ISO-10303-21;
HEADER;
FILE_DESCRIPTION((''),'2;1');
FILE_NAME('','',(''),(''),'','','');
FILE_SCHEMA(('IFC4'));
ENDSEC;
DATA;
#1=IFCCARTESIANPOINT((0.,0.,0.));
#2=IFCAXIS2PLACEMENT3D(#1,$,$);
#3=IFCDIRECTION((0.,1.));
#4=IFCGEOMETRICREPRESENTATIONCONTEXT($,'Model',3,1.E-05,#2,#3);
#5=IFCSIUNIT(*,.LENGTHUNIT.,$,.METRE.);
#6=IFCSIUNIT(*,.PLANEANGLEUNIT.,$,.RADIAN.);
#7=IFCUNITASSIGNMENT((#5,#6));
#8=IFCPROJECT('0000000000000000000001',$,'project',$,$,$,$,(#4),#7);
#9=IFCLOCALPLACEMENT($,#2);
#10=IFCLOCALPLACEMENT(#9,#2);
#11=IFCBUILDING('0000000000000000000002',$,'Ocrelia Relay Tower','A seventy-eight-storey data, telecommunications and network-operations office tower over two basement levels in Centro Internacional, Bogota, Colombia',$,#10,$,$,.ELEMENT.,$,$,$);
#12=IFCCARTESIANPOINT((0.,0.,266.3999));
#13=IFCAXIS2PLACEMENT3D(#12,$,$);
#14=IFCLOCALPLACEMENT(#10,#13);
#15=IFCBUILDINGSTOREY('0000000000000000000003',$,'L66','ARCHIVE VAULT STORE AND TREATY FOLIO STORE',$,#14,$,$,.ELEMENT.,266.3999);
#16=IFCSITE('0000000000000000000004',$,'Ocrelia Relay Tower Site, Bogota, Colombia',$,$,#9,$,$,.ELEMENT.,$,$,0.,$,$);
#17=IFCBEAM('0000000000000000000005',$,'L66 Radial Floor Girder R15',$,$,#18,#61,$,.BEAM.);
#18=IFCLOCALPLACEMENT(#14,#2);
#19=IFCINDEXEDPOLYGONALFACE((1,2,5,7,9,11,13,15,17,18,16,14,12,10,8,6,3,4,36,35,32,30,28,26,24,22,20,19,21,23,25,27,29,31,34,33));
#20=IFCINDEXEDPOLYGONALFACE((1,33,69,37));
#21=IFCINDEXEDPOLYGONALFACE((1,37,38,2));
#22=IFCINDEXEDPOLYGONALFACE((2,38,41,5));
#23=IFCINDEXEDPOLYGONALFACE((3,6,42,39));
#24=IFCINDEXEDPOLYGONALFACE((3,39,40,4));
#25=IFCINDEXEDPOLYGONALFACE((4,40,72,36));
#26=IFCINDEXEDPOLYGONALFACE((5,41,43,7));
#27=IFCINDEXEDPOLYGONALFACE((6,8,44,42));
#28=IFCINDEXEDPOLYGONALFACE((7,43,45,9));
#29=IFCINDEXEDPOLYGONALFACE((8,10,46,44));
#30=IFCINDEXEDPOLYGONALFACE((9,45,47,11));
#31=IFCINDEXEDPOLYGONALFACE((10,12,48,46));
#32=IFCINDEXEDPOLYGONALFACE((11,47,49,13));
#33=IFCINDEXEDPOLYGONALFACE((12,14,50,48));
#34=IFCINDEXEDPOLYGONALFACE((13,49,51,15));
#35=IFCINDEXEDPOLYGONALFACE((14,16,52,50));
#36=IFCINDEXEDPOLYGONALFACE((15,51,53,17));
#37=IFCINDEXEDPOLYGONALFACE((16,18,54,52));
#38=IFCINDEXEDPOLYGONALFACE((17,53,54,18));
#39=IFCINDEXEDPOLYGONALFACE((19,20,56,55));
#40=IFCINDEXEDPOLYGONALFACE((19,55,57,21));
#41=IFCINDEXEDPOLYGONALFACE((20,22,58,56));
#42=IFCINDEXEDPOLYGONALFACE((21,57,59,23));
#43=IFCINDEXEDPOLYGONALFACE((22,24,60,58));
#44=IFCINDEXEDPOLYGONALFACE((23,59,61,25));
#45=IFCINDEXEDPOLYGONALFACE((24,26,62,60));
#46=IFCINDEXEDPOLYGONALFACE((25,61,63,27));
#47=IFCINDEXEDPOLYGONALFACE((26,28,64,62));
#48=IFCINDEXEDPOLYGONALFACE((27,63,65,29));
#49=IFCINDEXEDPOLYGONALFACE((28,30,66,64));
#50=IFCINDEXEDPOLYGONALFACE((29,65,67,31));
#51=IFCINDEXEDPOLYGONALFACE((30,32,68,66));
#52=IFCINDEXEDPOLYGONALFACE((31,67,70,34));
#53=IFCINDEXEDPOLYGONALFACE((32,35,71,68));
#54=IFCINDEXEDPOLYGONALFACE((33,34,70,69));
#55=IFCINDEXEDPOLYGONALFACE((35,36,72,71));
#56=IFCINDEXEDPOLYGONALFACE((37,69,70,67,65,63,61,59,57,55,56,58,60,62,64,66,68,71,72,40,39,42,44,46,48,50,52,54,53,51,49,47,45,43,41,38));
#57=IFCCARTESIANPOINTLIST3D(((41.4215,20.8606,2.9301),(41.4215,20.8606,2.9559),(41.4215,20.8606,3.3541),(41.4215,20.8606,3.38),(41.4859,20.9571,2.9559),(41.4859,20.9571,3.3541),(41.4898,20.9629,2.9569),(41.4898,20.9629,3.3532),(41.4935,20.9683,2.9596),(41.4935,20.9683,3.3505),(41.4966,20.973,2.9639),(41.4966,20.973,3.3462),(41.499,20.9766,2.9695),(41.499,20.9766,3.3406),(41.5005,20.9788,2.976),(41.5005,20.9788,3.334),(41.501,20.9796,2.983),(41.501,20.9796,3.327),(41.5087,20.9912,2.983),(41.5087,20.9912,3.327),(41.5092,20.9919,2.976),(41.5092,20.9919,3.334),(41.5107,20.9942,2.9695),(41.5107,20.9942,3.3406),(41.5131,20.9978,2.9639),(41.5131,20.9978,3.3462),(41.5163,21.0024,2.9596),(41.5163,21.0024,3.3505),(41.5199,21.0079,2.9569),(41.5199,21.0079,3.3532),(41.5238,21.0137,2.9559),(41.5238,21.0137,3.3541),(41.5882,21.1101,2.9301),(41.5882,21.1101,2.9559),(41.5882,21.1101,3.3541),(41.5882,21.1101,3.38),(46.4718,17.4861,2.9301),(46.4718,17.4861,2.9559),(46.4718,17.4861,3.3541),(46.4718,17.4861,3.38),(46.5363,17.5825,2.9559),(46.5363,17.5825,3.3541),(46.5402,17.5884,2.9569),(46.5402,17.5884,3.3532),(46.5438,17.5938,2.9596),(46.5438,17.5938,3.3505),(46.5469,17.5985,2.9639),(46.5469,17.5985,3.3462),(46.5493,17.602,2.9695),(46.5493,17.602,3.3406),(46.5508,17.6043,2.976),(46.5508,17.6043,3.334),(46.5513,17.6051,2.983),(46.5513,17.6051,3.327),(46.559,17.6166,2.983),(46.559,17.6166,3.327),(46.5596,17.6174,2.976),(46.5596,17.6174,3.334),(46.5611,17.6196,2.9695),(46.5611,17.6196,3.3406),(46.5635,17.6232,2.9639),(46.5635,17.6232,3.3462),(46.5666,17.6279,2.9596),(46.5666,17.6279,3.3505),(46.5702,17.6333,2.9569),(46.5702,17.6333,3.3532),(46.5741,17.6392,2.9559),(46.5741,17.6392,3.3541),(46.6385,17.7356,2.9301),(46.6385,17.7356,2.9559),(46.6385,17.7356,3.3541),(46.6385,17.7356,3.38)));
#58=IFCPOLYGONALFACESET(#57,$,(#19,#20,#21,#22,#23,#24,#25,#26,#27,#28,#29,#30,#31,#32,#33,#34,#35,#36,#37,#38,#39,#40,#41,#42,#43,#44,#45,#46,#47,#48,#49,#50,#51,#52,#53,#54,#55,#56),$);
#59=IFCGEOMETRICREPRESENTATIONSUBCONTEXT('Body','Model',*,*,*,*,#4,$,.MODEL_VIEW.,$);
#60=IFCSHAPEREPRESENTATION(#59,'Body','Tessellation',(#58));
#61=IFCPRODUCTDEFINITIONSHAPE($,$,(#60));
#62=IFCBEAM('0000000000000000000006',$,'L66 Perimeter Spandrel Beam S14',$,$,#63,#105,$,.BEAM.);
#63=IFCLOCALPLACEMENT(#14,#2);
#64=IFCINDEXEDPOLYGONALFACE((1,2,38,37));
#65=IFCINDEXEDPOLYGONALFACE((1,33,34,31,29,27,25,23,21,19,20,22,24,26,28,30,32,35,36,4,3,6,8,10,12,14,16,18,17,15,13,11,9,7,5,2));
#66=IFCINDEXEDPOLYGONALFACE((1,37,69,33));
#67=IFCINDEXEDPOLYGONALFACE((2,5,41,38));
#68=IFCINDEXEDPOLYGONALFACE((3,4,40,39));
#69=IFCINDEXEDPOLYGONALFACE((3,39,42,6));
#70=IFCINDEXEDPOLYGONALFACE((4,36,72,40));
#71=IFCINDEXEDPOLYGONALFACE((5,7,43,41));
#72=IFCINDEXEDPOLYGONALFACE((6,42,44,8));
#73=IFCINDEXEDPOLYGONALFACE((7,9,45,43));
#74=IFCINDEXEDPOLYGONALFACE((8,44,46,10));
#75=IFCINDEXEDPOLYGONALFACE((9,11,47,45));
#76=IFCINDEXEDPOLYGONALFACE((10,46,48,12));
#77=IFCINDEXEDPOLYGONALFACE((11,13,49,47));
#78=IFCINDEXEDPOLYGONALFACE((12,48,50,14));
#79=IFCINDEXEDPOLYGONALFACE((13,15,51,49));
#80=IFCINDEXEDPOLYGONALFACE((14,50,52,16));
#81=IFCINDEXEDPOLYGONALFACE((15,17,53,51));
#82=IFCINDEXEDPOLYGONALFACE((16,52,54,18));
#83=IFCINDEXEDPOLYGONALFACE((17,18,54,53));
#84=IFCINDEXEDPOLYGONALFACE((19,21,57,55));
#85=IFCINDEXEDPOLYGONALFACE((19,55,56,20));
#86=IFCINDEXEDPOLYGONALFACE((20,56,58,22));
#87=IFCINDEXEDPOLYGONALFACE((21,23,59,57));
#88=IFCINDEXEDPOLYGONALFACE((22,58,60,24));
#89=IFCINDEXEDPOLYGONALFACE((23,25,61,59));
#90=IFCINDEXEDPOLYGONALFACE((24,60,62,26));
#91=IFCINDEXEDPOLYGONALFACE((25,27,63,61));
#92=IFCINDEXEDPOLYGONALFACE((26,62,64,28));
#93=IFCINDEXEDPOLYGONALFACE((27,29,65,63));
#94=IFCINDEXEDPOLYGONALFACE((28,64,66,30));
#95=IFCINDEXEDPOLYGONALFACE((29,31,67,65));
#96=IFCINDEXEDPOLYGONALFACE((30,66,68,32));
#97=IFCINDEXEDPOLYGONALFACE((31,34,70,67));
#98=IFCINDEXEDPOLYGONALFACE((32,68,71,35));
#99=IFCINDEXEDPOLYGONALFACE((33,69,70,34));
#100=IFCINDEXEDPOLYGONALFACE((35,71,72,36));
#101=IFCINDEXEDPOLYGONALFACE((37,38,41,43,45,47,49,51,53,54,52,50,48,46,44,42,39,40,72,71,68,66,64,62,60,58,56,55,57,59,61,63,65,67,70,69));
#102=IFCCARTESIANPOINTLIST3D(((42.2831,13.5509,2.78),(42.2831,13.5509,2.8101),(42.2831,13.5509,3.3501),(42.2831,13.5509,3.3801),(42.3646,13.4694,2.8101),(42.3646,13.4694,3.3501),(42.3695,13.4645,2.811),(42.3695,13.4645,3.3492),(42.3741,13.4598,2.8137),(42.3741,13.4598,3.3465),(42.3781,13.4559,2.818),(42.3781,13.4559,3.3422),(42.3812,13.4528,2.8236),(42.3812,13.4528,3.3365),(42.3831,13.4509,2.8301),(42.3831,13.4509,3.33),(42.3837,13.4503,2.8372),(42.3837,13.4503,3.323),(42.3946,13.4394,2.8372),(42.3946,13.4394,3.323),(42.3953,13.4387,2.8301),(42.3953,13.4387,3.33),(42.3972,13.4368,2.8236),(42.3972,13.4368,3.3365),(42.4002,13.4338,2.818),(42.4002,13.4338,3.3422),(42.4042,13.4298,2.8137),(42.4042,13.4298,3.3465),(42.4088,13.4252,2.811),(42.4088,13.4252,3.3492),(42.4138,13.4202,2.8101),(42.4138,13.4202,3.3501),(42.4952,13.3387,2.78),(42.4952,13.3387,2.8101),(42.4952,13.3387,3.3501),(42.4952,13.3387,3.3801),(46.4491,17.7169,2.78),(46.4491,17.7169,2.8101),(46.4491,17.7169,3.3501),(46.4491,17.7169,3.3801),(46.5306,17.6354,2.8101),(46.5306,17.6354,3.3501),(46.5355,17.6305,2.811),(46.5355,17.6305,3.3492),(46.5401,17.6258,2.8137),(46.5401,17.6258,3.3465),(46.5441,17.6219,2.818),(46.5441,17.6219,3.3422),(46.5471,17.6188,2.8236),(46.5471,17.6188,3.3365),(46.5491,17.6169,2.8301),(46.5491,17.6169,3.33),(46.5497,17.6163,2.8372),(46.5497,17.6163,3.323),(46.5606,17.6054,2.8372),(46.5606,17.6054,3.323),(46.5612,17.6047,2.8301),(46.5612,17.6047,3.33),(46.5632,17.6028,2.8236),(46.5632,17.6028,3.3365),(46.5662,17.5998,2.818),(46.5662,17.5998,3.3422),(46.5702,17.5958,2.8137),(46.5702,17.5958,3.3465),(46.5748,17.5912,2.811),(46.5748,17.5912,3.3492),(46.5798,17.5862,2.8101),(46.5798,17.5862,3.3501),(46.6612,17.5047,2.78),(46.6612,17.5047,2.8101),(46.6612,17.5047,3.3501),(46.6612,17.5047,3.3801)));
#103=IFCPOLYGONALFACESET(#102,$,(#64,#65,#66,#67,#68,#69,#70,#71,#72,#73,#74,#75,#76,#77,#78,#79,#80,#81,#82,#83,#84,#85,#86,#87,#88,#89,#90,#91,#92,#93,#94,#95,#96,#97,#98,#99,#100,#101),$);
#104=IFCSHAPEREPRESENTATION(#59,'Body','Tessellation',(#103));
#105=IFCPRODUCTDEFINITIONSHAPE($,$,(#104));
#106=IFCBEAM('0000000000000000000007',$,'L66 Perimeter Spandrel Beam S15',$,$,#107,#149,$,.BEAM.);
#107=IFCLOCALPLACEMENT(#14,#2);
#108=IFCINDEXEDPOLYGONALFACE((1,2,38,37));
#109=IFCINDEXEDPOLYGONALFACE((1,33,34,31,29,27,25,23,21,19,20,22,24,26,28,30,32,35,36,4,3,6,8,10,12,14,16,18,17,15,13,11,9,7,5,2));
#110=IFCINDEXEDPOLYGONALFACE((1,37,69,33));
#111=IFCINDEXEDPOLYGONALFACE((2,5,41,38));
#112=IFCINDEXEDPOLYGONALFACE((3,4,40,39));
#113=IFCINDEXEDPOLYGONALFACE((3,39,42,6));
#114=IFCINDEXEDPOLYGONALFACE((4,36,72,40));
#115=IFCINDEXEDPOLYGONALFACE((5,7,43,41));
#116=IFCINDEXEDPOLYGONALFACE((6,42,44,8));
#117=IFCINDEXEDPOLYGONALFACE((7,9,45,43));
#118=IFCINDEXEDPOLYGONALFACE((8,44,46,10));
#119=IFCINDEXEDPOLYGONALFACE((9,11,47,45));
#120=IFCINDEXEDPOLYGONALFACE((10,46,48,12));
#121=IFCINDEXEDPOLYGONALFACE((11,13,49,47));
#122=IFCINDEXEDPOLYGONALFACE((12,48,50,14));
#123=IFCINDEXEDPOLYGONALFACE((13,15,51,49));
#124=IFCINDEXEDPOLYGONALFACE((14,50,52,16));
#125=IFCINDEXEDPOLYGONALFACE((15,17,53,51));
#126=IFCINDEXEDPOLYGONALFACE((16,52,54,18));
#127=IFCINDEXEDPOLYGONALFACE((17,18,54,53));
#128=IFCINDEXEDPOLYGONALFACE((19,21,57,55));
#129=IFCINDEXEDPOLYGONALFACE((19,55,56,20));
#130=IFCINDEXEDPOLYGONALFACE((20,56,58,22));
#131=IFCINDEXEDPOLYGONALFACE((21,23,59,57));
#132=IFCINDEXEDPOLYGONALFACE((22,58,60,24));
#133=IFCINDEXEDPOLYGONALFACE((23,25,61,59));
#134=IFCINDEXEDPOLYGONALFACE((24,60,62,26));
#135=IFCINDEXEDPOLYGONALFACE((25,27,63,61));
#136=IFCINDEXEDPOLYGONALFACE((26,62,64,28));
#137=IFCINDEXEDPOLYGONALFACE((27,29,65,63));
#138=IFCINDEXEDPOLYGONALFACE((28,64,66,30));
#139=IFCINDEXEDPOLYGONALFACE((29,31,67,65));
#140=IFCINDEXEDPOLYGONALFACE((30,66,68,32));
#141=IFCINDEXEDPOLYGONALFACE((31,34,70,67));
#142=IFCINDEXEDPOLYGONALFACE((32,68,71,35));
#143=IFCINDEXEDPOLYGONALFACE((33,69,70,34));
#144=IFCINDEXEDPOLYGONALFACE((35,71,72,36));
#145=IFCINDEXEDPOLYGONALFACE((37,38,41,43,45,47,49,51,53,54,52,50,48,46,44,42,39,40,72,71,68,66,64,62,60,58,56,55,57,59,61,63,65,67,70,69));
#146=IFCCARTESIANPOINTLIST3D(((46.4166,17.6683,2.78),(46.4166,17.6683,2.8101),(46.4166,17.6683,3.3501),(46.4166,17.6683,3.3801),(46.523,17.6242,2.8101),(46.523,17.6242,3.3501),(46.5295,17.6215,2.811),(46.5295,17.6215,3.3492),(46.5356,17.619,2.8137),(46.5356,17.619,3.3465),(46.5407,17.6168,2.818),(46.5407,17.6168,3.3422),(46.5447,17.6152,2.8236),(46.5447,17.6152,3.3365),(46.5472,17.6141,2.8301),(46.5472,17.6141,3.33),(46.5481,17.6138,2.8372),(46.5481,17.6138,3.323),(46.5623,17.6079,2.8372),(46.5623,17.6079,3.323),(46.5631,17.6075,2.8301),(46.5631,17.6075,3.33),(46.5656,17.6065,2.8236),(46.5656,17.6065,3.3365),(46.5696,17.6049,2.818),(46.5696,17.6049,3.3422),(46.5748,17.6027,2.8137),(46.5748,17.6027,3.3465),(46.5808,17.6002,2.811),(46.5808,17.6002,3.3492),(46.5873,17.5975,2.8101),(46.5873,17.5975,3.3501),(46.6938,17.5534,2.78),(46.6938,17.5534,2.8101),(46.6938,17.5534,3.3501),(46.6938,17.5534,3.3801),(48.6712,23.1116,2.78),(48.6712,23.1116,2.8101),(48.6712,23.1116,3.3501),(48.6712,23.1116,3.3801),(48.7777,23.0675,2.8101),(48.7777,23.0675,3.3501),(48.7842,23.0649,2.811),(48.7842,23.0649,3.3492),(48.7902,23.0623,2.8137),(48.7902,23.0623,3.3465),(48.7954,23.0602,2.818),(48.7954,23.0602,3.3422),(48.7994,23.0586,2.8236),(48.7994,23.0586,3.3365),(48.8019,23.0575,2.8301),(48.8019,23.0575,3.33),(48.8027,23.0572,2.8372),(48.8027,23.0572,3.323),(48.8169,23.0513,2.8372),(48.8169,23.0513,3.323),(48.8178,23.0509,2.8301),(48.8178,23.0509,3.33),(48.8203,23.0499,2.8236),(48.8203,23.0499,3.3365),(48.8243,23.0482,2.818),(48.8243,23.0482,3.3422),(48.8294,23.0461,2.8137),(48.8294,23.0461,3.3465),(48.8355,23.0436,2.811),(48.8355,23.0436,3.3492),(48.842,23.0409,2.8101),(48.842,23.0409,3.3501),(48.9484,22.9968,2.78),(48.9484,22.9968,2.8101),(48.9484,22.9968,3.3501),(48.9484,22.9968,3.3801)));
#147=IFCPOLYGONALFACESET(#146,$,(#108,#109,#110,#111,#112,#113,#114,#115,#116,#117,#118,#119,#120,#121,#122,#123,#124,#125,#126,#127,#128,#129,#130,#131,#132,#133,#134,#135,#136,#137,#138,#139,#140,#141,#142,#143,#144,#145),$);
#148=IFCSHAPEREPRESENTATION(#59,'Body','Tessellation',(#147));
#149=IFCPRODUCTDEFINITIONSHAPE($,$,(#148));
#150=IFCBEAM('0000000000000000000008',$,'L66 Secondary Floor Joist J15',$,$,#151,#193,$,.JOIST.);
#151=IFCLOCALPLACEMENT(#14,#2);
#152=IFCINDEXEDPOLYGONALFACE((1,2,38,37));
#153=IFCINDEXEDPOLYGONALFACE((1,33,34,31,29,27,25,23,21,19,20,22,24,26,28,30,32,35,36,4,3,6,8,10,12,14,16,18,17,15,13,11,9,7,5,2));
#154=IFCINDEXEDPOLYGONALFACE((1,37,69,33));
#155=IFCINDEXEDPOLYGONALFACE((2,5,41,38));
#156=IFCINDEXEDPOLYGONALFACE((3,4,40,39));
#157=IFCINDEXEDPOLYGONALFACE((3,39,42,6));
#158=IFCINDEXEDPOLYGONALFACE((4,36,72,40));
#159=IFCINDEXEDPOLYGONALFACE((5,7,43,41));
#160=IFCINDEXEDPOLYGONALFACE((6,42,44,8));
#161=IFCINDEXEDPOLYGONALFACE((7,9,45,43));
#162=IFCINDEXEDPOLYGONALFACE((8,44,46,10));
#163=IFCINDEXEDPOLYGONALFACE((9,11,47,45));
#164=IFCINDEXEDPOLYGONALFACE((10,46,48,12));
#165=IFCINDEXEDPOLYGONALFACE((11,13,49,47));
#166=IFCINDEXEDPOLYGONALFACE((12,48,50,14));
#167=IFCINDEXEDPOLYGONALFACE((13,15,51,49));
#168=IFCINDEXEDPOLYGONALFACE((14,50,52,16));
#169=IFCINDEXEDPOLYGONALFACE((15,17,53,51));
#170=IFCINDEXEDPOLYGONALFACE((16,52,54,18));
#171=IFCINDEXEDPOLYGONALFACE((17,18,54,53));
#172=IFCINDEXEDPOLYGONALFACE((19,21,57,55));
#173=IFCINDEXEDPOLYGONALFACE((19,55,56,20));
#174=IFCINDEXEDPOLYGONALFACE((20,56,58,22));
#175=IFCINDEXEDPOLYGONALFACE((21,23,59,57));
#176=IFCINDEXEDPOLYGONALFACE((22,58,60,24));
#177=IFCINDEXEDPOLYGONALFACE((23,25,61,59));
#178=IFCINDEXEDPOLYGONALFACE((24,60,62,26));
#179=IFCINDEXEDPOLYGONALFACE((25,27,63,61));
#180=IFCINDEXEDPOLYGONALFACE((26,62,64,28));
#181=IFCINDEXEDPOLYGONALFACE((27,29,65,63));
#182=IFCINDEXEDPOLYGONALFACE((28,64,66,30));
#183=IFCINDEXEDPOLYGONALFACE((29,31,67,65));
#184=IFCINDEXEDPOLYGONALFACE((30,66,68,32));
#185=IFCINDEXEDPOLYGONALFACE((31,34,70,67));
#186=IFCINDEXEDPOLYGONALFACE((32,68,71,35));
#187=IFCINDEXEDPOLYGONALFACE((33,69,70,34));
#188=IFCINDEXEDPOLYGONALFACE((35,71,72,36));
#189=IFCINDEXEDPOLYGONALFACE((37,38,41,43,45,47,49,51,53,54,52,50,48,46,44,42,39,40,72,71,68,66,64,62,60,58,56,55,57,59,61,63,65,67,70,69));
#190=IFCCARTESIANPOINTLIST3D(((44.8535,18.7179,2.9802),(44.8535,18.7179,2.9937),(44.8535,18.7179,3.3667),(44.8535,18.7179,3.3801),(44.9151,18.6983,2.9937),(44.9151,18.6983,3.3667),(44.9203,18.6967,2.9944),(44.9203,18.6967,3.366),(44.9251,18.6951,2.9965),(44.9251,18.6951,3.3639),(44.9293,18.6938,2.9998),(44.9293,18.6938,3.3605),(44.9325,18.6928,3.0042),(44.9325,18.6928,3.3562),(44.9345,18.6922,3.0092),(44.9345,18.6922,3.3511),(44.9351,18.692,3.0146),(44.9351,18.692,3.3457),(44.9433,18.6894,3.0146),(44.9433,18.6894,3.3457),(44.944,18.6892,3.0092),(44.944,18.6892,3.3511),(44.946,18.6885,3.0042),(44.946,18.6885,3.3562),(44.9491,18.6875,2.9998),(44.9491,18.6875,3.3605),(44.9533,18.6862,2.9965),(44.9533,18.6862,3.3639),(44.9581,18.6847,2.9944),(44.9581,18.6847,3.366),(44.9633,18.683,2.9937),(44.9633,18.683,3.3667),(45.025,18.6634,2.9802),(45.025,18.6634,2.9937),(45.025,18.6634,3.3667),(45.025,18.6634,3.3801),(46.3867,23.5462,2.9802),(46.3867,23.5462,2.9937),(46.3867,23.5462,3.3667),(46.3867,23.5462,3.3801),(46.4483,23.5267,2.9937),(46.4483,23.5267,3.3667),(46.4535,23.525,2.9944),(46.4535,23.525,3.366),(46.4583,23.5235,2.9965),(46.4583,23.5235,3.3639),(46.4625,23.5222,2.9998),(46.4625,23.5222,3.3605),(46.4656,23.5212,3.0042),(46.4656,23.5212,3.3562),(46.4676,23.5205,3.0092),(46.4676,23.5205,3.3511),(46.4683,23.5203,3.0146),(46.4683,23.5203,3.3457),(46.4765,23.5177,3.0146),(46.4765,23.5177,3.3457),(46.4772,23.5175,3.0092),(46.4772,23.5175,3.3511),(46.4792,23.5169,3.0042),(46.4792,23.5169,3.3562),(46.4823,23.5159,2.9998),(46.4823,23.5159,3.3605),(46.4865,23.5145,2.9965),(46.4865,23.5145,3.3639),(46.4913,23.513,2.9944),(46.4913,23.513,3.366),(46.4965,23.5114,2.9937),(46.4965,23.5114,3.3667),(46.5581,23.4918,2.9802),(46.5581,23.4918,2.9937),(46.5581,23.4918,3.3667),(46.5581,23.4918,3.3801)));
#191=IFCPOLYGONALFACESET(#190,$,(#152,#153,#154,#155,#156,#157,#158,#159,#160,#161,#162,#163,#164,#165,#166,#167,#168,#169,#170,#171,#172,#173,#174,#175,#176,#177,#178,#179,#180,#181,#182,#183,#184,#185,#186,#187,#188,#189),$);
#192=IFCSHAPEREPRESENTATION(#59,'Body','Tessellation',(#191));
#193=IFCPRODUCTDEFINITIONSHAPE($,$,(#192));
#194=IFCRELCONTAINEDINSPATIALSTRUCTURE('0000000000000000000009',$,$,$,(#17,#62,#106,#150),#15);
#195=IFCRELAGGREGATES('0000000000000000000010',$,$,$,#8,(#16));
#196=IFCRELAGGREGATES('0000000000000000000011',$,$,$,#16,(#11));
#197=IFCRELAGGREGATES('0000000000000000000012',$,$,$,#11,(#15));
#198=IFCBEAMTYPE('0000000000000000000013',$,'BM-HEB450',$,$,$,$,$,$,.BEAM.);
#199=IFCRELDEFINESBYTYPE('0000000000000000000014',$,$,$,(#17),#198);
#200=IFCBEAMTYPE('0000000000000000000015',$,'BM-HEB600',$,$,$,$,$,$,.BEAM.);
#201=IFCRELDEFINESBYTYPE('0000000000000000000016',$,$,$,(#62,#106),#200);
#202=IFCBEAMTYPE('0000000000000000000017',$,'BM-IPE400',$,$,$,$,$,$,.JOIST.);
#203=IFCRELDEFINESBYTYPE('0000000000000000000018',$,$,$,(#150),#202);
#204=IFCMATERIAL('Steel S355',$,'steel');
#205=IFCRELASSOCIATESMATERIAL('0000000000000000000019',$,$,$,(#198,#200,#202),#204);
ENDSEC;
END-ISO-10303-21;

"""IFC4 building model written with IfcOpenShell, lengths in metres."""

from ifc_helpers import new_model, si_unit, direction, frame, origin, origin_2d, place, context, subcontext, project, spatial, i_section, extrude, material, material_profile, profile_set, type_object, element, save


model = new_model("IFC4")

# Units and contexts
model_context = context("Model", 3, precision=1e-05, world=origin(), true_north=direction((0.0, 1.0)))
body_context = subcontext(model_context, "Body", "Model", "MODEL_VIEW")
ifc_project = project(units=[si_unit("LENGTHUNIT", "METRE"), si_unit("PLANEANGLEUNIT", "RADIAN")], contexts=[model_context])

# Site, building, storey
site_placement = place(None, origin())
site = spatial("IfcSite", under=ifc_project, at=site_placement, Name="Ocrelia Relay Tower Site, Bogota, Colombia", CompositionType="ELEMENT", RefElevation=0.0)
building_placement = place(site_placement, origin())
building = spatial("IfcBuilding", under=site, at=building_placement, Name="Ocrelia Relay Tower", Description="A seventy-eight-storey data, telecommunications and network-operations office tower over two basement levels in Centro Internacional, Bogota, Colombia", CompositionType="ELEMENT")
storey_placement = place(building_placement, frame((0.0, 0.0, 266.3999)))
storey = spatial("IfcBuildingStorey", under=building, at=storey_placement, Name="L66", Description="ARCHIVE VAULT STORE AND TREATY FOLIO STORE", CompositionType="ELEMENT", Elevation=266.3999)

# Beams
ifc_material_1 = material(Name="Steel S355", Category="steel")
ifc_material_profile_1 = material_profile(ifc_material_1, i_section(OverallWidth=0.3, OverallDepth=0.45, WebThickness=0.0139, FlangeThickness=0.0259, FilletRadius=0.0271, at=origin_2d()), Name="HEB 450")
ifc_profile_set_1 = profile_set([ifc_material_profile_1], Name="Steel S355")
beam_type_1 = type_object("IfcBeamType", Name="BM-HEB450", PredefinedType="BEAM", material=ifc_profile_set_1)
beam_1_placement = place(storey_placement, frame((46.5552, 17.6108, 3.155), z_axis=(-0.831469, 0.555572, 0.0), x_axis=(-0.555572, -0.831469, 0.0)))
element("IfcBeam", 1, at=beam_1_placement, inside=storey, type_object=beam_type_1, Name="L66 Radial Floor Girder R15", PredefinedType="BEAM", context=body_context, shape_type="SweptSolid", body=[
    extrude(i_section(OverallWidth=0.3, OverallDepth=0.45, WebThickness=0.0139, FlangeThickness=0.0259, FilletRadius=0.0271, at=origin_2d()), origin(), (0.0, 0.0, 1.0), 6.074),
])
ifc_material_profile_2 = material_profile(ifc_material_1, i_section(OverallWidth=0.3, OverallDepth=0.6001, WebThickness=0.0154, FlangeThickness=0.03, FilletRadius=0.0271, at=origin_2d()), Name="HEB 600")
ifc_profile_set_2 = profile_set([ifc_material_profile_2], Name="Steel S355")
beam_type_2 = type_object("IfcBeamType", Name="BM-HEB600", PredefinedType="BEAM", material=ifc_profile_set_2)
beam_2_placement = place(storey_placement, frame((42.3892, 13.4448, 3.0801), z_axis=(0.707107, 0.707107, 0.0), x_axis=(-0.707107, 0.707107, 0.0)))
element("IfcBeam", 2, at=beam_2_placement, inside=storey, type_object=beam_type_2, Name="L66 Perimeter Spandrel Beam S14", PredefinedType="BEAM", context=body_context, shape_type="SweptSolid", body=[
    extrude(i_section(OverallWidth=0.3, OverallDepth=0.6001, WebThickness=0.0154, FlangeThickness=0.03, FilletRadius=0.0271, at=origin_2d()), origin(), (0.0, 0.0, 1.0), 5.8916),
])
beam_3_placement = place(storey_placement, frame((46.5552, 17.6108, 3.0801), z_axis=(0.382673, 0.923884, 0.0), x_axis=(-0.923884, 0.382673, 0.0)))
element("IfcBeam", 3, at=beam_3_placement, inside=storey, type_object=beam_type_2, Name="L66 Perimeter Spandrel Beam S15", PredefinedType="BEAM", context=body_context, shape_type="SweptSolid", body=[
    extrude(i_section(OverallWidth=0.3, OverallDepth=0.6001, WebThickness=0.0154, FlangeThickness=0.03, FilletRadius=0.0271, at=origin_2d()), origin(), (0.0, 0.0, 1.0), 5.8918),
])
ifc_material_profile_3 = material_profile(ifc_material_1, i_section(OverallWidth=0.1799, OverallDepth=0.3999, WebThickness=0.0085, FlangeThickness=0.0134, FilletRadius=0.021, at=origin_2d()), Name="IPE 400")
ifc_profile_set_3 = profile_set([ifc_material_profile_3], Name="Steel S355")
beam_type_3 = type_object("IfcBeamType", Name="BM-IPE400", PredefinedType="JOIST", material=ifc_profile_set_3)
beam_4_placement = place(storey_placement, frame((44.9392, 18.6907, 3.1802), z_axis=(0.302649, 0.953102, 0.0), x_axis=(-0.953102, 0.302649, 0.0)))
element("IfcBeam", 4, at=beam_4_placement, inside=storey, type_object=beam_type_3, Name="L66 Secondary Floor Joist J15", PredefinedType="JOIST", context=body_context, shape_type="SweptSolid", body=[
    extrude(i_section(OverallWidth=0.1799, OverallDepth=0.3999, WebThickness=0.0085, FlangeThickness=0.0134, FilletRadius=0.021, at=origin_2d()), origin(), (0.0, 0.0, 1.0), 5.0659),
])

save(model, "model.ifc")
